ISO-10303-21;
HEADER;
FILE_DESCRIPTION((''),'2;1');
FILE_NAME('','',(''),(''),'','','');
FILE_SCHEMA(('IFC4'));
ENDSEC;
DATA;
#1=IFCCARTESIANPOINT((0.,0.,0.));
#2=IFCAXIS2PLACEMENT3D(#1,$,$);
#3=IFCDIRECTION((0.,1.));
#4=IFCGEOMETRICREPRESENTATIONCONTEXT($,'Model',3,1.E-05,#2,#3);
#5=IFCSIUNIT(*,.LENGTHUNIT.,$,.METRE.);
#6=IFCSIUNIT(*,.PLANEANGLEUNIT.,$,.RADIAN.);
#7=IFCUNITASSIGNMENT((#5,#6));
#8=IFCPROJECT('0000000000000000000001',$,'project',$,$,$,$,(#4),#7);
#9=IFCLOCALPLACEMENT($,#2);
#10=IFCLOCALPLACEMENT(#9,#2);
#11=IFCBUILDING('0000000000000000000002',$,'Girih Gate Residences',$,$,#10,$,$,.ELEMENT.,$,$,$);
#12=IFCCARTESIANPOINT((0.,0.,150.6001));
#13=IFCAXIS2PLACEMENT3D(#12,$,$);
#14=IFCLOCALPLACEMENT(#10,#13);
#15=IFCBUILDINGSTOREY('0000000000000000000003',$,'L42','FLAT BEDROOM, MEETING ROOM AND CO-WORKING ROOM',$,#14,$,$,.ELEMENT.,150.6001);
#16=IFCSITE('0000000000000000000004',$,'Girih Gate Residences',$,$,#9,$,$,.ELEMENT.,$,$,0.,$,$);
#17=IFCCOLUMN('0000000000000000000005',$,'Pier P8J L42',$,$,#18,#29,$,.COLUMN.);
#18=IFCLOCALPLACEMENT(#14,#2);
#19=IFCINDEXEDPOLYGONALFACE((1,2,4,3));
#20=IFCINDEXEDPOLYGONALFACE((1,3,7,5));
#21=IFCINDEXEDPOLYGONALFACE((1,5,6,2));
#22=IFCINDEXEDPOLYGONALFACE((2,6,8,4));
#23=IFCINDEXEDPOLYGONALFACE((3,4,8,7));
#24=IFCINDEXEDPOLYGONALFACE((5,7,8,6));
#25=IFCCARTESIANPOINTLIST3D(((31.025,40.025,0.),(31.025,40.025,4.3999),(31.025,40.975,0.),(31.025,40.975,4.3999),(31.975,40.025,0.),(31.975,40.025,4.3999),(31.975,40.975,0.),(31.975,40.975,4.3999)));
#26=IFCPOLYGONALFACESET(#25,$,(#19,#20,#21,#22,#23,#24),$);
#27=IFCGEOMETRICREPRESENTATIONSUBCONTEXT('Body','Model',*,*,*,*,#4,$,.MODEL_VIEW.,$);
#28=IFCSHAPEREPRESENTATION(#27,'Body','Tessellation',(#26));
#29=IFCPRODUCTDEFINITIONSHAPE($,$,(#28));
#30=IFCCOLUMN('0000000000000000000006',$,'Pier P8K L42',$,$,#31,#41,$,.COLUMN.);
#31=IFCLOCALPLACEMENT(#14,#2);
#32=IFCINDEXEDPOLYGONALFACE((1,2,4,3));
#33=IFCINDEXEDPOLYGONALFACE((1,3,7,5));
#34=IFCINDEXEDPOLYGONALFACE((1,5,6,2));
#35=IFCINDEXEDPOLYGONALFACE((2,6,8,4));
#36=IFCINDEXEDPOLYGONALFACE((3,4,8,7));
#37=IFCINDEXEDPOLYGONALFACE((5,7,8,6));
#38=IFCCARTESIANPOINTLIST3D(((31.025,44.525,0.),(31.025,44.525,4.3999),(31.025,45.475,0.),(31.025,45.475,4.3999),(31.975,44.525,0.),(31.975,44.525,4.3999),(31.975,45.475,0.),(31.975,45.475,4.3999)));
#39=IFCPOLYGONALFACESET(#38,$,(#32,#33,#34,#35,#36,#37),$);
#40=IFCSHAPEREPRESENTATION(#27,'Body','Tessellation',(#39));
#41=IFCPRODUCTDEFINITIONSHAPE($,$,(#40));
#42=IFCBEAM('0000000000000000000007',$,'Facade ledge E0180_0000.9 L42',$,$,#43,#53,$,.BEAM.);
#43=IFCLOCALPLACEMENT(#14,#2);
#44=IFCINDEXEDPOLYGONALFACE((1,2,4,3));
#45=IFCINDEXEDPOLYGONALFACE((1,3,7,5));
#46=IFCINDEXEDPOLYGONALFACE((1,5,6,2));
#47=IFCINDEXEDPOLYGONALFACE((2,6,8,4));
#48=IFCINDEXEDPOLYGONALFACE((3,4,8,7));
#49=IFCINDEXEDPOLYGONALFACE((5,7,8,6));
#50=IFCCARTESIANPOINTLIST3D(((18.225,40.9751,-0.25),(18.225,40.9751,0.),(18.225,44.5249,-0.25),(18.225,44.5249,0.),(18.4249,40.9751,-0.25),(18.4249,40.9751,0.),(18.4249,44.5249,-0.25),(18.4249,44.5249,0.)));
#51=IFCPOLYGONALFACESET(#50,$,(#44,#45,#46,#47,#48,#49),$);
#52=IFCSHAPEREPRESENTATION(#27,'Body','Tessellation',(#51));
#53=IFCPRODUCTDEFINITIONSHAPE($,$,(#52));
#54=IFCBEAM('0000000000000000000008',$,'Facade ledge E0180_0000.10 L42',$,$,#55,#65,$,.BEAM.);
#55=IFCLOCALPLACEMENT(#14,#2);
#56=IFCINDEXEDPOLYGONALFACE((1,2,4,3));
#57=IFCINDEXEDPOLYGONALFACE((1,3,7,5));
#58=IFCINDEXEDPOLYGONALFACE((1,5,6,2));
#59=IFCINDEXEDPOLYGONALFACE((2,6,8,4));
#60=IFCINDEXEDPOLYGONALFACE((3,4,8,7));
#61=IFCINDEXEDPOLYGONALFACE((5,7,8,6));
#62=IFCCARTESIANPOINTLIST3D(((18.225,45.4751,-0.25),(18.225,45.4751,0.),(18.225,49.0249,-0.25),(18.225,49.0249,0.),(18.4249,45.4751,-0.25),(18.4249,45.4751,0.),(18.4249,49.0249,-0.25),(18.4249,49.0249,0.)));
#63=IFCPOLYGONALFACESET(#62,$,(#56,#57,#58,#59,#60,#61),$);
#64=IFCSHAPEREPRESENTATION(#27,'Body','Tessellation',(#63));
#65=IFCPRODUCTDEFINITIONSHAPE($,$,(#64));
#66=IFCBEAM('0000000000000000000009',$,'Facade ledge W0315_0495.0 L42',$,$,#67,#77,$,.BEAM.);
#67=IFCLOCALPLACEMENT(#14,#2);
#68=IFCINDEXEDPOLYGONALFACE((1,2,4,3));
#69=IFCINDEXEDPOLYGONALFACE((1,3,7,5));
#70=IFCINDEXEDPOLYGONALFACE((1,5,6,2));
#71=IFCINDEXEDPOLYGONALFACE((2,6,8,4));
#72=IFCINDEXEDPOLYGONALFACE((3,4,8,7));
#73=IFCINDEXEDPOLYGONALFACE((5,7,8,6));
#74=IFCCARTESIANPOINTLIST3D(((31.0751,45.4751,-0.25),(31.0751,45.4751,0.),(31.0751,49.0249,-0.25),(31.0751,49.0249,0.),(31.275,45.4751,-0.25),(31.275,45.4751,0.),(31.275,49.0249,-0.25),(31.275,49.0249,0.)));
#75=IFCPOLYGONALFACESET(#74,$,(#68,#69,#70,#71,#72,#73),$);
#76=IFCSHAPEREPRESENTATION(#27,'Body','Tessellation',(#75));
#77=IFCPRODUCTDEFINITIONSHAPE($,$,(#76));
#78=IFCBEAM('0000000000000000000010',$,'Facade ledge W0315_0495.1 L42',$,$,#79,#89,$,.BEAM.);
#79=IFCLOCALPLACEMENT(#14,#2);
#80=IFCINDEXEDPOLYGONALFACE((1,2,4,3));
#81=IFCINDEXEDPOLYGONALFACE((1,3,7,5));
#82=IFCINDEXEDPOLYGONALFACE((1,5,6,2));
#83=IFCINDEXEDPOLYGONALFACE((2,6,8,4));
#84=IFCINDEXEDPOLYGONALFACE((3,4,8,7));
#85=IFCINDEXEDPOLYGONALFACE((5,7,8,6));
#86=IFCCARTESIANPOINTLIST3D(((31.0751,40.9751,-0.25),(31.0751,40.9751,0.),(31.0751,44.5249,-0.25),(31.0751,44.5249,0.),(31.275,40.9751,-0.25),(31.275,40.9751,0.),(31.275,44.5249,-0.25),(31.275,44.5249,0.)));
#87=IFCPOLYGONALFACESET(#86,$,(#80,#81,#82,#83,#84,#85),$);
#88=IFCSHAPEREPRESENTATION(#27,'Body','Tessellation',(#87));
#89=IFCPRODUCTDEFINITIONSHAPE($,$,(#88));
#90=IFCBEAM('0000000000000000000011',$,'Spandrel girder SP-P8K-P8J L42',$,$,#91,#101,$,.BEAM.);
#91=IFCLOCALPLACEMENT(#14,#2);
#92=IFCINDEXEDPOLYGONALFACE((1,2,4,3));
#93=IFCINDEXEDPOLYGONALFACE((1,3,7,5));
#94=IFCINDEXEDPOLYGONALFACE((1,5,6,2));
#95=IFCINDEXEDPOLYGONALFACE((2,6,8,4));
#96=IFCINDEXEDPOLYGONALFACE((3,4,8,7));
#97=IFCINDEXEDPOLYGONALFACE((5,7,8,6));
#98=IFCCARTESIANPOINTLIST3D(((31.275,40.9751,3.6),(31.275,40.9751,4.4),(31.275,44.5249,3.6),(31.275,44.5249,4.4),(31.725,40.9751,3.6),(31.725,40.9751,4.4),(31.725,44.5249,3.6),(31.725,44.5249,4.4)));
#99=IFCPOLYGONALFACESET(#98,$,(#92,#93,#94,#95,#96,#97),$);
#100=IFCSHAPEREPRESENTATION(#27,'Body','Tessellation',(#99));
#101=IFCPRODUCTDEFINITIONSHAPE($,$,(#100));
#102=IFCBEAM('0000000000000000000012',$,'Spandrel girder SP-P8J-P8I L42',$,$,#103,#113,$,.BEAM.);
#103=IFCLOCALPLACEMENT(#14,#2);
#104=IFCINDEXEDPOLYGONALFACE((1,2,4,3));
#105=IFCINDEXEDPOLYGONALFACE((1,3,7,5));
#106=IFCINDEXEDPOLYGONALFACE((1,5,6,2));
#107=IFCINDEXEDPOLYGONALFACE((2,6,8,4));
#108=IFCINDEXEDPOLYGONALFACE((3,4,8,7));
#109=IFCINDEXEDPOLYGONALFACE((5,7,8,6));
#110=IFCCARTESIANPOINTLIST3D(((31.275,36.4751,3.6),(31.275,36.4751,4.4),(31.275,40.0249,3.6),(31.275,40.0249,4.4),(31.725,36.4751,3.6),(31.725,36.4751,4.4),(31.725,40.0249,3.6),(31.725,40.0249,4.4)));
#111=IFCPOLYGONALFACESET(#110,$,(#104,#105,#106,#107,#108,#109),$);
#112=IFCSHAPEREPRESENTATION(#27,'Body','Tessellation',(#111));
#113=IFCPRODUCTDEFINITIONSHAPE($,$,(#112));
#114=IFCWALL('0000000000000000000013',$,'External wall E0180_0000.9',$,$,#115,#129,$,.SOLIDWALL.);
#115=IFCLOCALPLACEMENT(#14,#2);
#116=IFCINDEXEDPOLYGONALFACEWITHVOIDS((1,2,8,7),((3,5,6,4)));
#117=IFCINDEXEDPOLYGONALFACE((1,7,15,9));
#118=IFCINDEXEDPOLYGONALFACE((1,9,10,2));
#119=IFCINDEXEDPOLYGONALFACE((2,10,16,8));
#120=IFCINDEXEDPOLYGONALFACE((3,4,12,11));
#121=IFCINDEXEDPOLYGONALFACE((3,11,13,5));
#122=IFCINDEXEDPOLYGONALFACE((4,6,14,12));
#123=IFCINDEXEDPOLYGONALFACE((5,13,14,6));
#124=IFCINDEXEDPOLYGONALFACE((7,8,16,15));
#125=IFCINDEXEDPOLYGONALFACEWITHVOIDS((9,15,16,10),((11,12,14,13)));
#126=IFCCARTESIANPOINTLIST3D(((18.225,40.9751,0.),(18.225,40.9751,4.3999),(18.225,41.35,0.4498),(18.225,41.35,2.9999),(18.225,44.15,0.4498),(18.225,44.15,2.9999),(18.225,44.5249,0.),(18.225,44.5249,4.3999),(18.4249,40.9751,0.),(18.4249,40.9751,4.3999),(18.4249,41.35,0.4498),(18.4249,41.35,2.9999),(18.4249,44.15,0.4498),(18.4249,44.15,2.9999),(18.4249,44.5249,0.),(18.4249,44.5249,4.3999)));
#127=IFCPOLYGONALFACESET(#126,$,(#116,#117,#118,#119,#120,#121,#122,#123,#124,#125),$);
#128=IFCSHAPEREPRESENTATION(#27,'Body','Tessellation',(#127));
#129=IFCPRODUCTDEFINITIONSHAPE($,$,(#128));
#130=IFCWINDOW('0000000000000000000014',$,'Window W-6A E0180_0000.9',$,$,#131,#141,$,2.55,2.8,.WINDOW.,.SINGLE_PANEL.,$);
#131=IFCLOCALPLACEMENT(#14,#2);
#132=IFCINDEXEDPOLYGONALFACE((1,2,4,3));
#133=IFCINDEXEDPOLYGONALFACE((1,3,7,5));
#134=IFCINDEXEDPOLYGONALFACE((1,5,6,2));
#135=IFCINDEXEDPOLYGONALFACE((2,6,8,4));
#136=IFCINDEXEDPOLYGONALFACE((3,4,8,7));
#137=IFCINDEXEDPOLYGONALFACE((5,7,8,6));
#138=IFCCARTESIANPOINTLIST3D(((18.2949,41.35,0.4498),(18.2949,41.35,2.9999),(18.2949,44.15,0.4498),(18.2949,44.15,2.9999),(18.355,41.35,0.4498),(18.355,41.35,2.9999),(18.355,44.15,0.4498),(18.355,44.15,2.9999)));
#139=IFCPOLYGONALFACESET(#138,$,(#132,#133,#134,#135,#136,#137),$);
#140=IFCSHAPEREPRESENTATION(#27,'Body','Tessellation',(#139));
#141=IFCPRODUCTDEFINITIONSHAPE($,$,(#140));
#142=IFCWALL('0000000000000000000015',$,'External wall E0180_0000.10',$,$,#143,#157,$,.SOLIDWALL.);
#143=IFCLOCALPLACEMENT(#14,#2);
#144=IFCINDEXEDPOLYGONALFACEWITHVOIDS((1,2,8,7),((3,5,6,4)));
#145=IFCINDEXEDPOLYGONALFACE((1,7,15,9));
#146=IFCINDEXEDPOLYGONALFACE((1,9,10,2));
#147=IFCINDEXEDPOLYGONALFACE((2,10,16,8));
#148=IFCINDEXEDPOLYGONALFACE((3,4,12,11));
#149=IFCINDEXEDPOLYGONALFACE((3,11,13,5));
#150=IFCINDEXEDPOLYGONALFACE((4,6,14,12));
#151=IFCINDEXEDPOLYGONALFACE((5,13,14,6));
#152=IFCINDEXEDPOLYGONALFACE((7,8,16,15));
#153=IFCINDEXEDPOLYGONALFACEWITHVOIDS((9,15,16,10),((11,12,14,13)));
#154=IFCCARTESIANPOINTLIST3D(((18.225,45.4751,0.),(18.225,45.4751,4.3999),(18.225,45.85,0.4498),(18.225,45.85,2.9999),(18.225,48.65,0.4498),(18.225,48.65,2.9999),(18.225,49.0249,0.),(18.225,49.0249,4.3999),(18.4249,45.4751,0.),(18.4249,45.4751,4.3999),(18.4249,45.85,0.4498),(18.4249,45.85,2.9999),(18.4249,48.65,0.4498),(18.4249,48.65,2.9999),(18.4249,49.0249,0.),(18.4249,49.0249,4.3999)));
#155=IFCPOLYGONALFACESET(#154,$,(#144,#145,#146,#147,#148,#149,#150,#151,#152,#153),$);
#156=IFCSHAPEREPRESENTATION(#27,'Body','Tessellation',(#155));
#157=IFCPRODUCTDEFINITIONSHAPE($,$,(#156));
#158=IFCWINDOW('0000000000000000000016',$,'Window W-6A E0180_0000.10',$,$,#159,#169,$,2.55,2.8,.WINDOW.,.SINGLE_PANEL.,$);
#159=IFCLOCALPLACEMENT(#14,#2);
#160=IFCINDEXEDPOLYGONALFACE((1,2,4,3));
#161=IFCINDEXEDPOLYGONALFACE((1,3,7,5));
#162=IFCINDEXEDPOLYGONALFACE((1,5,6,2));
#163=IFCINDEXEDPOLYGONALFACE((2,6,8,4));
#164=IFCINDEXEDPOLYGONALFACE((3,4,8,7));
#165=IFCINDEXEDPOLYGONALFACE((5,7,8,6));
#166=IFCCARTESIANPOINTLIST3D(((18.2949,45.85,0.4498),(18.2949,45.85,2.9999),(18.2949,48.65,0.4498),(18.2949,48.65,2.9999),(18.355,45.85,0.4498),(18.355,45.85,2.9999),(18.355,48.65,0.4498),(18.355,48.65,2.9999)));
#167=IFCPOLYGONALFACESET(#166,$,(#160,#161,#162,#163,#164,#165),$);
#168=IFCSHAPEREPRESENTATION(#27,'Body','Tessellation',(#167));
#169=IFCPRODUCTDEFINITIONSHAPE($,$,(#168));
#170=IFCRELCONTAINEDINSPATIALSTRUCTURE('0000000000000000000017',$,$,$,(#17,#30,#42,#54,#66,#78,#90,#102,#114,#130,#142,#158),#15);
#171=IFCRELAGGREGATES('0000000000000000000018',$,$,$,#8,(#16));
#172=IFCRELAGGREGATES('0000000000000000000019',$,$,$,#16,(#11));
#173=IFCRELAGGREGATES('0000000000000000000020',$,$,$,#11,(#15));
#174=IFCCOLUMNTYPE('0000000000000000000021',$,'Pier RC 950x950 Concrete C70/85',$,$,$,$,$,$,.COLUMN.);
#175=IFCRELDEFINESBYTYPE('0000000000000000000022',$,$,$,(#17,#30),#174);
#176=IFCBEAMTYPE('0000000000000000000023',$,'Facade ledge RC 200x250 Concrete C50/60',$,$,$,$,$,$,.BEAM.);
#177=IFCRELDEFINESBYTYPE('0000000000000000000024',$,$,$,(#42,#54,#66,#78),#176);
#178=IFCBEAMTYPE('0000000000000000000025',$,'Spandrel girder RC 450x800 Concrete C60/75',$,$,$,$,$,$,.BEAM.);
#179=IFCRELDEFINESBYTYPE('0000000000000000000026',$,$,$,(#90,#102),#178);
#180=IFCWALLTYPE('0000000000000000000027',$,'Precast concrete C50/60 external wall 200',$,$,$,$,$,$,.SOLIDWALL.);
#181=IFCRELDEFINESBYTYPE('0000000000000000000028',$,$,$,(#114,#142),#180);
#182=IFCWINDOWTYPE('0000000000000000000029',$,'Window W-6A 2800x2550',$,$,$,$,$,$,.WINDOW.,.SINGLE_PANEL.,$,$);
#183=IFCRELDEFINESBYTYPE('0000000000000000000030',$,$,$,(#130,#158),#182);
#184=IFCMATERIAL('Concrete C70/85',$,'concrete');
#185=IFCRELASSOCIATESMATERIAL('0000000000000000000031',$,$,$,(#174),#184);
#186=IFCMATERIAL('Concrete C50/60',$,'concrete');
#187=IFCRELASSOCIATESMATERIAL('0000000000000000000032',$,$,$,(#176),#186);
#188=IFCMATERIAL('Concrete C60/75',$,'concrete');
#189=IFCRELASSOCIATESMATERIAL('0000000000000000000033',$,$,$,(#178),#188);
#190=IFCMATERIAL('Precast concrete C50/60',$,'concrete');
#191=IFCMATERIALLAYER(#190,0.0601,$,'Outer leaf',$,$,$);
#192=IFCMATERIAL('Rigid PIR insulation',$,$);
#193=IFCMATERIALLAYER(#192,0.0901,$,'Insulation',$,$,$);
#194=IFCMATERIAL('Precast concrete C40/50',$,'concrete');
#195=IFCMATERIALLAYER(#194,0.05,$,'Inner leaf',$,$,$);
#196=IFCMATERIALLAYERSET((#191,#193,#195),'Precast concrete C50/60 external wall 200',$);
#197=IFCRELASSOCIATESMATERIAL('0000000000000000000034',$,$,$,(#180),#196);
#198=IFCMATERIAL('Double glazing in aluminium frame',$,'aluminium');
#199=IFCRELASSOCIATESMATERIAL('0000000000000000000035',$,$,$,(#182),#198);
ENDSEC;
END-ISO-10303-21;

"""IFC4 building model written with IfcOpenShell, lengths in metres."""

from ifc_helpers import new_model, si_unit, direction, frame, frame_2d, origin, origin_2d, place, context, subcontext, project, spatial, rectangle, extrude, material, layer, layer_set, material_profile, profile_set, type_object, element, fill, save


model = new_model("IFC4")

# Units and contexts
model_context = context("Model", 3, precision=1e-05, world=origin(), true_north=direction((0.0, 1.0)))
body_context = subcontext(model_context, "Body", "Model", "MODEL_VIEW")
ifc_project = project(units=[si_unit("LENGTHUNIT", "METRE"), si_unit("PLANEANGLEUNIT", "RADIAN")], contexts=[model_context])

# Site, building, storey
site_placement = place(None, origin())
site = spatial("IfcSite", under=ifc_project, at=site_placement, Name="Girih Gate Residences", CompositionType="ELEMENT", RefElevation=0.0)
building_placement = place(site_placement, origin())
building = spatial("IfcBuilding", under=site, at=building_placement, Name="Girih Gate Residences", CompositionType="ELEMENT")
storey_placement = place(building_placement, frame((0.0, 0.0, 150.6001)))
storey = spatial("IfcBuildingStorey", under=building, at=storey_placement, Name="L42", Description="FLAT BEDROOM, MEETING ROOM AND CO-WORKING ROOM", CompositionType="ELEMENT", Elevation=150.6001)

# Columns
ifc_material_1 = material(Name="Concrete C70/85", Category="concrete")
ifc_material_profile_1 = material_profile(ifc_material_1, rectangle(XDim=0.95, YDim=0.95, at=origin_2d()))
ifc_profile_set_1 = profile_set([ifc_material_profile_1], Name="Concrete C70/85")
column_type = type_object("IfcColumnType", Name="Pier RC 950x950 Concrete C70/85", PredefinedType="COLUMN", material=ifc_profile_set_1)
for number, where, z_axis, x_axis, name in (
    (1, (31.5, 40.5, 0.0), (0.0, 0.0, 1.0), (1.0, 0.0, 0.0), "Pier P8J L42"),
    (2, (31.5, 45.0, 0.0), (0.0, 0.0, 1.0), (1.0, 0.0, 0.0), "Pier P8K L42"),
):
    element("IfcColumn", number, at=place(storey_placement, frame(where, z_axis=z_axis, x_axis=x_axis)), inside=storey, type_object=column_type, Name=name, PredefinedType="COLUMN", context=body_context, shape_type="SweptSolid", body=[
        extrude(rectangle(XDim=0.95, YDim=0.95, at=origin_2d()), origin(), (0.0, 0.0, 1.0), 4.3999),
    ])

# Beams
ifc_material_2 = material(Name="Concrete C50/60", Category="concrete")
ifc_material_profile_2 = material_profile(ifc_material_2, rectangle(XDim=0.2, YDim=0.25, at=origin_2d()))
ifc_profile_set_2 = profile_set([ifc_material_profile_2], Name="Concrete C50/60")
beam_type_1 = type_object("IfcBeamType", Name="Facade ledge RC 200x250 Concrete C50/60", PredefinedType="BEAM", material=ifc_profile_set_2)
for number, where, z_axis, x_axis, name in (
    (3, (18.325, 40.9751, -0.125), (0.0, 1.0, 0.0), (-1.0, 0.0, 0.0), "Facade ledge E0180_0000.9 L42"),
    (4, (18.325, 45.4751, -0.125), (0.0, 1.0, 0.0), (-1.0, 0.0, 0.0), "Facade ledge E0180_0000.10 L42"),
    (5, (31.175, 49.0249, -0.125), (0.0, -1.0, 0.0), (1.0, 0.0, 0.0), "Facade ledge W0315_0495.0 L42"),
    (6, (31.175, 44.5249, -0.125), (0.0, -1.0, 0.0), (1.0, 0.0, 0.0), "Facade ledge W0315_0495.1 L42"),
):
    element("IfcBeam", number, at=place(storey_placement, frame(where, z_axis=z_axis, x_axis=x_axis)), inside=storey, type_object=beam_type_1, Name=name, PredefinedType="BEAM", context=body_context, shape_type="SweptSolid", body=[
        extrude(rectangle(XDim=0.2, YDim=0.25, at=origin_2d()), origin(), (0.0, 0.0, 1.0), 3.5498),
    ])
ifc_material_3 = material(Name="Concrete C60/75", Category="concrete")
ifc_material_profile_3 = material_profile(ifc_material_3, rectangle(XDim=0.45, YDim=0.8, at=origin_2d()))
ifc_profile_set_3 = profile_set([ifc_material_profile_3], Name="Concrete C60/75")
beam_type_2 = type_object("IfcBeamType", Name="Spandrel girder RC 450x800 Concrete C60/75", PredefinedType="BEAM", material=ifc_profile_set_3)
for number, where, z_axis, x_axis, name in (
    (7, (31.5, 44.5249, 4.0), (0.0, -1.0, 0.0), (1.0, 0.0, 0.0), "Spandrel girder SP-P8K-P8J L42"),
    (8, (31.5, 40.0249, 4.0), (0.0, -1.0, 0.0), (1.0, 0.0, 0.0), "Spandrel girder SP-P8J-P8I L42"),
):
    element("IfcBeam", number, at=place(storey_placement, frame(where, z_axis=z_axis, x_axis=x_axis)), inside=storey, type_object=beam_type_2, Name=name, PredefinedType="BEAM", context=body_context, shape_type="SweptSolid", body=[
        extrude(rectangle(XDim=0.45, YDim=0.8, at=origin_2d()), origin(), (0.0, 0.0, 1.0), 3.5498),
    ])

# Walls, openings, windows
ifc_material_4 = material(Name="Precast concrete C50/60", Category="concrete")
ifc_layer_1 = layer(ifc_material_4, 0.0601, Name="Outer leaf")
ifc_material_5 = material(Name="Rigid PIR insulation")
ifc_layer_2 = layer(ifc_material_5, 0.0901, Name="Insulation")
ifc_material_6 = material(Name="Precast concrete C40/50", Category="concrete")
ifc_layer_3 = layer(ifc_material_6, 0.05, Name="Inner leaf")
ifc_layer_set = layer_set([ifc_layer_1, ifc_layer_2, ifc_layer_3], Name="Precast concrete C50/60 external wall 200")
wall_type = type_object("IfcWallType", Name="Precast concrete C50/60 external wall 200", PredefinedType="SOLIDWALL", material=ifc_layer_set)
wall_1_placement = place(storey_placement, frame((18.325, 44.5249, 0.0), z_axis=(0.0, 0.0, 1.0), x_axis=(0.0, -1.0, 0.0)))
wall_1 = element("IfcWall", 9, at=wall_1_placement, inside=storey, type_object=wall_type, Name="External wall E0180_0000.9", PredefinedType="SOLIDWALL", context=body_context, shape_type="SweptSolid", body=[
    extrude(rectangle(XDim=3.5498, YDim=0.2, at=frame_2d((1.7749, 0.0))), origin(), (0.0, 0.0, 1.0), 4.3999),
])
opening_1_placement = place(wall_1_placement, frame((0.375, 0.0, 0.45)))
opening_1 = element("IfcOpeningElement", 10, at=opening_1_placement, cuts=wall_1, PredefinedType="OPENING", context=body_context, shape_type="SweptSolid", body=[
    extrude(rectangle(XDim=2.8, YDim=2.55, at=frame_2d((1.3999, 1.2749))), frame((0.0, 0.1099, 0.0), z_axis=(0.0, -1.0, 0.0), x_axis=(1.0, 0.0, 0.0)), (0.0, 0.0, 1.0), 0.22),
])
ifc_material_7 = material(Name="Double glazing in aluminium frame", Category="aluminium")
window_type = type_object("IfcWindowType", Name="Window W-6A 2800x2550", PartitioningType="SINGLE_PANEL", PredefinedType="WINDOW", material=ifc_material_7)
window_1_placement = place(opening_1_placement, origin())
window_1 = element("IfcWindow", 11, at=window_1_placement, inside=storey, type_object=window_type, Name="Window W-6A E0180_0000.9", OverallHeight=2.55, OverallWidth=2.8, PartitioningType="SINGLE_PANEL", PredefinedType="WINDOW", context=body_context, shape_type="SweptSolid", body=[
    extrude(rectangle(XDim=2.8, YDim=2.55, at=frame_2d((1.3999, 1.2749))), frame((0.0, 0.03, 0.0), z_axis=(0.0, -1.0, 0.0), x_axis=(1.0, 0.0, 0.0)), (0.0, 0.0, 1.0), 0.0601),
])
fill(opening_1, window_1)
wall_2_placement = place(storey_placement, frame((18.325, 49.0249, 0.0), z_axis=(0.0, 0.0, 1.0), x_axis=(0.0, -1.0, 0.0)))
wall_2 = element("IfcWall", 12, at=wall_2_placement, inside=storey, type_object=wall_type, Name="External wall E0180_0000.10", PredefinedType="SOLIDWALL", context=body_context, shape_type="SweptSolid", body=[
    extrude(rectangle(XDim=3.5498, YDim=0.2, at=frame_2d((1.7749, 0.0))), origin(), (0.0, 0.0, 1.0), 4.3999),
])
opening_2_placement = place(wall_2_placement, frame((0.375, 0.0, 0.45)))
opening_2 = element("IfcOpeningElement", 13, at=opening_2_placement, cuts=wall_2, PredefinedType="OPENING", context=body_context, shape_type="SweptSolid", body=[
    extrude(rectangle(XDim=2.8, YDim=2.55, at=frame_2d((1.3999, 1.2749))), frame((0.0, 0.1099, 0.0), z_axis=(0.0, -1.0, 0.0), x_axis=(1.0, 0.0, 0.0)), (0.0, 0.0, 1.0), 0.22),
])
window_2_placement = place(opening_2_placement, origin())
window_2 = element("IfcWindow", 14, at=window_2_placement, inside=storey, type_object=window_type, Name="Window W-6A E0180_0000.10", OverallHeight=2.55, OverallWidth=2.8, PartitioningType="SINGLE_PANEL", PredefinedType="WINDOW", context=body_context, shape_type="SweptSolid", body=[
    extrude(rectangle(XDim=2.8, YDim=2.55, at=frame_2d((1.3999, 1.2749))), frame((0.0, 0.03, 0.0), z_axis=(0.0, -1.0, 0.0), x_axis=(1.0, 0.0, 0.0)), (0.0, 0.0, 1.0), 0.0601),
])
fill(opening_2, window_2)

save(model, "model.ifc")
